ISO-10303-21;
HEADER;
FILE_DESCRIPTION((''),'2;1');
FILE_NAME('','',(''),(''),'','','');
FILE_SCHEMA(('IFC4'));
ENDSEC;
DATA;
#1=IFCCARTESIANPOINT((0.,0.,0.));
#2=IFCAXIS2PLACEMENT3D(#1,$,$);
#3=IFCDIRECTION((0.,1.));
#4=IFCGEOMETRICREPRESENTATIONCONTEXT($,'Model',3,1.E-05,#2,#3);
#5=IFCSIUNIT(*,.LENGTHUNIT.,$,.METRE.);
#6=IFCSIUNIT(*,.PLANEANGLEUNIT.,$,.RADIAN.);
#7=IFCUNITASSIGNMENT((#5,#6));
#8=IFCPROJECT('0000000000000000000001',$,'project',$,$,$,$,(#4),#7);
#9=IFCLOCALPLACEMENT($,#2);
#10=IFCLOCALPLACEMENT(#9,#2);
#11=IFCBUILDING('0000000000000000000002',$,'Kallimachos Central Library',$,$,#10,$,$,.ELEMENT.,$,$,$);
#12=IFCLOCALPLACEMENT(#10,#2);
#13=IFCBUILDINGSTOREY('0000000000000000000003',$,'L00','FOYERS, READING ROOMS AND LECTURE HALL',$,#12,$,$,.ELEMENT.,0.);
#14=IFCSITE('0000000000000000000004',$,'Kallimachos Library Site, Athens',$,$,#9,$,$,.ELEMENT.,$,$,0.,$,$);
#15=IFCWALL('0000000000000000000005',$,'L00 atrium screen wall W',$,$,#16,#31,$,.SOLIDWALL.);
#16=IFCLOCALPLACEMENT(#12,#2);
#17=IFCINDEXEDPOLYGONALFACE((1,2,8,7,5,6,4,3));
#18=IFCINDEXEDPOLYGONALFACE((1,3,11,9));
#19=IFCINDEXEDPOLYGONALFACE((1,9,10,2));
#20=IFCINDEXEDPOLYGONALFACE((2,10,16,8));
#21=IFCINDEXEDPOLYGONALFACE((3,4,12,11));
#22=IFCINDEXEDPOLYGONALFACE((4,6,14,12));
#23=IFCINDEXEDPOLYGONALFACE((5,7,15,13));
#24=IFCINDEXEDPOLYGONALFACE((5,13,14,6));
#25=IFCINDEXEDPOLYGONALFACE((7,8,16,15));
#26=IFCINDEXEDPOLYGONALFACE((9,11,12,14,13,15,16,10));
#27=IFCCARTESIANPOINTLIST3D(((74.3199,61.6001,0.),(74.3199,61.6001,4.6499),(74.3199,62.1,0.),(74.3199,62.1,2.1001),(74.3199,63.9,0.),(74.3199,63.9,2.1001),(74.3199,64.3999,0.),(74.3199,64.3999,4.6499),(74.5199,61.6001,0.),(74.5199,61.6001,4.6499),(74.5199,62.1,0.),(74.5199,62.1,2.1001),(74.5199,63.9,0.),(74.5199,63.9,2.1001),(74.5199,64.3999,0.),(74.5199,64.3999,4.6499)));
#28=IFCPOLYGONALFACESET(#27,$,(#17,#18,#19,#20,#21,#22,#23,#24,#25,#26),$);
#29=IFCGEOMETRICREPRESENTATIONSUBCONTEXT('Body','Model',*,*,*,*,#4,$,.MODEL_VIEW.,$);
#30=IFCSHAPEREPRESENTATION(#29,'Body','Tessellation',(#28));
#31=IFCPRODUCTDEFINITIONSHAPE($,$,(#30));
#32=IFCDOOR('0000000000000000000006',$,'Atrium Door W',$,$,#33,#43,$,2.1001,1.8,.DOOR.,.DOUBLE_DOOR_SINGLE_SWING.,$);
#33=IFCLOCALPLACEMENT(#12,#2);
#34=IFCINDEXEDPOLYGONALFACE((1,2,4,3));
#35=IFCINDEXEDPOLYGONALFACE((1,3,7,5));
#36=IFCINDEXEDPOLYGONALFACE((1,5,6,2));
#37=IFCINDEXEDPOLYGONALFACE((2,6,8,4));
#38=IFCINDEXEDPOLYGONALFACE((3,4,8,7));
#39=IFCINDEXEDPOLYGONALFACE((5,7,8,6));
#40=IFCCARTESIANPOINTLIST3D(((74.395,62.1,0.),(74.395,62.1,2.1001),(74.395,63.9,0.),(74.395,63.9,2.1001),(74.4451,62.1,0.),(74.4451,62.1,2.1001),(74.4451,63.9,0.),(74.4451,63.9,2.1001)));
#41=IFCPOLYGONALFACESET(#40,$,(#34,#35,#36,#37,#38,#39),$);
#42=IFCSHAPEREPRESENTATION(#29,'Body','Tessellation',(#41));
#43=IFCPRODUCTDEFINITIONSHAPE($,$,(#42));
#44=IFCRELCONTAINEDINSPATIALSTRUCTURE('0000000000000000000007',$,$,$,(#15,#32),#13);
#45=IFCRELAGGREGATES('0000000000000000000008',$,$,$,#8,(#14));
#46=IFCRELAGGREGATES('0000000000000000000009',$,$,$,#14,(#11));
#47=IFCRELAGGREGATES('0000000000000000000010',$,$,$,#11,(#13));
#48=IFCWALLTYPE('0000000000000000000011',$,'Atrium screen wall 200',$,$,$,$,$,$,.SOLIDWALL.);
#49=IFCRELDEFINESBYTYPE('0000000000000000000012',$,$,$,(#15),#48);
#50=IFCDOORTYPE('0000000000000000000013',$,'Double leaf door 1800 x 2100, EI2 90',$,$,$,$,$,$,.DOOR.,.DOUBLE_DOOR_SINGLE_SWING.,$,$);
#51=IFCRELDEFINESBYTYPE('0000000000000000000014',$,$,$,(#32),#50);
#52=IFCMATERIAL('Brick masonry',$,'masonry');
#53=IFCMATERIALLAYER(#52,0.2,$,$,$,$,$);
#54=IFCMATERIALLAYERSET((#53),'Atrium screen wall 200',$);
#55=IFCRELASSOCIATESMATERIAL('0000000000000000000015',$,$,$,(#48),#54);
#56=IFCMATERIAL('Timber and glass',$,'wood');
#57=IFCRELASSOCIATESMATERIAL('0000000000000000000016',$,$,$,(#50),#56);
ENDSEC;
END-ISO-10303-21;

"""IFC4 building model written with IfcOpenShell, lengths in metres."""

from ifc_helpers import new_model, si_unit, direction, frame, frame_2d, origin, place, context, subcontext, project, spatial, rectangle, extrude, material, layer, layer_set, type_object, element, fill, save


model = new_model("IFC4")

# Units and contexts
model_context = context("Model", 3, precision=1e-05, world=origin(), true_north=direction((0.0, 1.0)))
body_context = subcontext(model_context, "Body", "Model", "MODEL_VIEW")
ifc_project = project(units=[si_unit("LENGTHUNIT", "METRE"), si_unit("PLANEANGLEUNIT", "RADIAN")], contexts=[model_context])

# Site, building, storey
site_placement = place(None, origin())
site = spatial("IfcSite", under=ifc_project, at=site_placement, Name="Kallimachos Library Site, Athens", CompositionType="ELEMENT", RefElevation=0.0)
building_placement = place(site_placement, origin())
building = spatial("IfcBuilding", under=site, at=building_placement, Name="Kallimachos Central Library", CompositionType="ELEMENT")
storey_placement = place(building_placement, origin())
storey = spatial("IfcBuildingStorey", under=building, at=storey_placement, Name="L00", Description="FOYERS, READING ROOMS AND LECTURE HALL", CompositionType="ELEMENT", Elevation=0.0)

# Wall, opening, door
ifc_material_1 = material(Name="Brick masonry", Category="masonry")
ifc_layer_1 = layer(ifc_material_1, 0.2)
ifc_layer_set_1 = layer_set([ifc_layer_1], Name="Atrium screen wall 200")
wall_type = type_object("IfcWallType", Name="Atrium screen wall 200", PredefinedType="SOLIDWALL", material=ifc_layer_set_1)
wall_placement = place(storey_placement, frame((74.4199, 61.6001, 0.0), z_axis=(0.0, 0.0, 1.0), x_axis=(0.0, 1.0, 0.0)))
wall = element("IfcWall", 1, at=wall_placement, inside=storey, type_object=wall_type, Name="L00 atrium screen wall W", PredefinedType="SOLIDWALL", context=body_context, shape_type="SweptSolid", body=[
    extrude(rectangle(XDim=2.7998, YDim=0.2, at=frame_2d((1.3999, 0.0))), origin(), (0.0, 0.0, 1.0), 4.6499),
])
opening_placement = place(wall_placement, frame((0.5, 0.0, 0.0)))
opening = element("IfcOpeningElement", 2, at=opening_placement, cuts=wall, PredefinedType="OPENING", context=body_context, shape_type="SweptSolid", body=[
    extrude(rectangle(XDim=1.8, YDim=2.1001, at=frame_2d((0.8999, 1.05))), frame((0.0, 0.1099, 0.0), z_axis=(0.0, -1.0, 0.0), x_axis=(1.0, 0.0, 0.0)), (0.0, 0.0, 1.0), 0.22),
])
ifc_material_2 = material(Name="Timber and glass", Category="wood")
door_type = type_object("IfcDoorType", Name="Double leaf door 1800 x 2100, EI2 90", OperationType="DOUBLE_DOOR_SINGLE_SWING", PredefinedType="DOOR", material=ifc_material_2)
door_placement = place(opening_placement, origin())
door = element("IfcDoor", 3, at=door_placement, inside=storey, type_object=door_type, Name="Atrium Door W", OperationType="DOUBLE_DOOR_SINGLE_SWING", OverallHeight=2.1001, OverallWidth=1.8, PredefinedType="DOOR", context=body_context, shape_type="SweptSolid", body=[
    extrude(rectangle(XDim=1.8, YDim=2.1001, at=frame_2d((0.8999, 1.05))), frame((0.0, 0.0249, 0.0), z_axis=(0.0, -1.0, 0.0), x_axis=(1.0, 0.0, 0.0)), (0.0, 0.0, 1.0), 0.05),
])
fill(opening, door)

save(model, "model.ifc")
